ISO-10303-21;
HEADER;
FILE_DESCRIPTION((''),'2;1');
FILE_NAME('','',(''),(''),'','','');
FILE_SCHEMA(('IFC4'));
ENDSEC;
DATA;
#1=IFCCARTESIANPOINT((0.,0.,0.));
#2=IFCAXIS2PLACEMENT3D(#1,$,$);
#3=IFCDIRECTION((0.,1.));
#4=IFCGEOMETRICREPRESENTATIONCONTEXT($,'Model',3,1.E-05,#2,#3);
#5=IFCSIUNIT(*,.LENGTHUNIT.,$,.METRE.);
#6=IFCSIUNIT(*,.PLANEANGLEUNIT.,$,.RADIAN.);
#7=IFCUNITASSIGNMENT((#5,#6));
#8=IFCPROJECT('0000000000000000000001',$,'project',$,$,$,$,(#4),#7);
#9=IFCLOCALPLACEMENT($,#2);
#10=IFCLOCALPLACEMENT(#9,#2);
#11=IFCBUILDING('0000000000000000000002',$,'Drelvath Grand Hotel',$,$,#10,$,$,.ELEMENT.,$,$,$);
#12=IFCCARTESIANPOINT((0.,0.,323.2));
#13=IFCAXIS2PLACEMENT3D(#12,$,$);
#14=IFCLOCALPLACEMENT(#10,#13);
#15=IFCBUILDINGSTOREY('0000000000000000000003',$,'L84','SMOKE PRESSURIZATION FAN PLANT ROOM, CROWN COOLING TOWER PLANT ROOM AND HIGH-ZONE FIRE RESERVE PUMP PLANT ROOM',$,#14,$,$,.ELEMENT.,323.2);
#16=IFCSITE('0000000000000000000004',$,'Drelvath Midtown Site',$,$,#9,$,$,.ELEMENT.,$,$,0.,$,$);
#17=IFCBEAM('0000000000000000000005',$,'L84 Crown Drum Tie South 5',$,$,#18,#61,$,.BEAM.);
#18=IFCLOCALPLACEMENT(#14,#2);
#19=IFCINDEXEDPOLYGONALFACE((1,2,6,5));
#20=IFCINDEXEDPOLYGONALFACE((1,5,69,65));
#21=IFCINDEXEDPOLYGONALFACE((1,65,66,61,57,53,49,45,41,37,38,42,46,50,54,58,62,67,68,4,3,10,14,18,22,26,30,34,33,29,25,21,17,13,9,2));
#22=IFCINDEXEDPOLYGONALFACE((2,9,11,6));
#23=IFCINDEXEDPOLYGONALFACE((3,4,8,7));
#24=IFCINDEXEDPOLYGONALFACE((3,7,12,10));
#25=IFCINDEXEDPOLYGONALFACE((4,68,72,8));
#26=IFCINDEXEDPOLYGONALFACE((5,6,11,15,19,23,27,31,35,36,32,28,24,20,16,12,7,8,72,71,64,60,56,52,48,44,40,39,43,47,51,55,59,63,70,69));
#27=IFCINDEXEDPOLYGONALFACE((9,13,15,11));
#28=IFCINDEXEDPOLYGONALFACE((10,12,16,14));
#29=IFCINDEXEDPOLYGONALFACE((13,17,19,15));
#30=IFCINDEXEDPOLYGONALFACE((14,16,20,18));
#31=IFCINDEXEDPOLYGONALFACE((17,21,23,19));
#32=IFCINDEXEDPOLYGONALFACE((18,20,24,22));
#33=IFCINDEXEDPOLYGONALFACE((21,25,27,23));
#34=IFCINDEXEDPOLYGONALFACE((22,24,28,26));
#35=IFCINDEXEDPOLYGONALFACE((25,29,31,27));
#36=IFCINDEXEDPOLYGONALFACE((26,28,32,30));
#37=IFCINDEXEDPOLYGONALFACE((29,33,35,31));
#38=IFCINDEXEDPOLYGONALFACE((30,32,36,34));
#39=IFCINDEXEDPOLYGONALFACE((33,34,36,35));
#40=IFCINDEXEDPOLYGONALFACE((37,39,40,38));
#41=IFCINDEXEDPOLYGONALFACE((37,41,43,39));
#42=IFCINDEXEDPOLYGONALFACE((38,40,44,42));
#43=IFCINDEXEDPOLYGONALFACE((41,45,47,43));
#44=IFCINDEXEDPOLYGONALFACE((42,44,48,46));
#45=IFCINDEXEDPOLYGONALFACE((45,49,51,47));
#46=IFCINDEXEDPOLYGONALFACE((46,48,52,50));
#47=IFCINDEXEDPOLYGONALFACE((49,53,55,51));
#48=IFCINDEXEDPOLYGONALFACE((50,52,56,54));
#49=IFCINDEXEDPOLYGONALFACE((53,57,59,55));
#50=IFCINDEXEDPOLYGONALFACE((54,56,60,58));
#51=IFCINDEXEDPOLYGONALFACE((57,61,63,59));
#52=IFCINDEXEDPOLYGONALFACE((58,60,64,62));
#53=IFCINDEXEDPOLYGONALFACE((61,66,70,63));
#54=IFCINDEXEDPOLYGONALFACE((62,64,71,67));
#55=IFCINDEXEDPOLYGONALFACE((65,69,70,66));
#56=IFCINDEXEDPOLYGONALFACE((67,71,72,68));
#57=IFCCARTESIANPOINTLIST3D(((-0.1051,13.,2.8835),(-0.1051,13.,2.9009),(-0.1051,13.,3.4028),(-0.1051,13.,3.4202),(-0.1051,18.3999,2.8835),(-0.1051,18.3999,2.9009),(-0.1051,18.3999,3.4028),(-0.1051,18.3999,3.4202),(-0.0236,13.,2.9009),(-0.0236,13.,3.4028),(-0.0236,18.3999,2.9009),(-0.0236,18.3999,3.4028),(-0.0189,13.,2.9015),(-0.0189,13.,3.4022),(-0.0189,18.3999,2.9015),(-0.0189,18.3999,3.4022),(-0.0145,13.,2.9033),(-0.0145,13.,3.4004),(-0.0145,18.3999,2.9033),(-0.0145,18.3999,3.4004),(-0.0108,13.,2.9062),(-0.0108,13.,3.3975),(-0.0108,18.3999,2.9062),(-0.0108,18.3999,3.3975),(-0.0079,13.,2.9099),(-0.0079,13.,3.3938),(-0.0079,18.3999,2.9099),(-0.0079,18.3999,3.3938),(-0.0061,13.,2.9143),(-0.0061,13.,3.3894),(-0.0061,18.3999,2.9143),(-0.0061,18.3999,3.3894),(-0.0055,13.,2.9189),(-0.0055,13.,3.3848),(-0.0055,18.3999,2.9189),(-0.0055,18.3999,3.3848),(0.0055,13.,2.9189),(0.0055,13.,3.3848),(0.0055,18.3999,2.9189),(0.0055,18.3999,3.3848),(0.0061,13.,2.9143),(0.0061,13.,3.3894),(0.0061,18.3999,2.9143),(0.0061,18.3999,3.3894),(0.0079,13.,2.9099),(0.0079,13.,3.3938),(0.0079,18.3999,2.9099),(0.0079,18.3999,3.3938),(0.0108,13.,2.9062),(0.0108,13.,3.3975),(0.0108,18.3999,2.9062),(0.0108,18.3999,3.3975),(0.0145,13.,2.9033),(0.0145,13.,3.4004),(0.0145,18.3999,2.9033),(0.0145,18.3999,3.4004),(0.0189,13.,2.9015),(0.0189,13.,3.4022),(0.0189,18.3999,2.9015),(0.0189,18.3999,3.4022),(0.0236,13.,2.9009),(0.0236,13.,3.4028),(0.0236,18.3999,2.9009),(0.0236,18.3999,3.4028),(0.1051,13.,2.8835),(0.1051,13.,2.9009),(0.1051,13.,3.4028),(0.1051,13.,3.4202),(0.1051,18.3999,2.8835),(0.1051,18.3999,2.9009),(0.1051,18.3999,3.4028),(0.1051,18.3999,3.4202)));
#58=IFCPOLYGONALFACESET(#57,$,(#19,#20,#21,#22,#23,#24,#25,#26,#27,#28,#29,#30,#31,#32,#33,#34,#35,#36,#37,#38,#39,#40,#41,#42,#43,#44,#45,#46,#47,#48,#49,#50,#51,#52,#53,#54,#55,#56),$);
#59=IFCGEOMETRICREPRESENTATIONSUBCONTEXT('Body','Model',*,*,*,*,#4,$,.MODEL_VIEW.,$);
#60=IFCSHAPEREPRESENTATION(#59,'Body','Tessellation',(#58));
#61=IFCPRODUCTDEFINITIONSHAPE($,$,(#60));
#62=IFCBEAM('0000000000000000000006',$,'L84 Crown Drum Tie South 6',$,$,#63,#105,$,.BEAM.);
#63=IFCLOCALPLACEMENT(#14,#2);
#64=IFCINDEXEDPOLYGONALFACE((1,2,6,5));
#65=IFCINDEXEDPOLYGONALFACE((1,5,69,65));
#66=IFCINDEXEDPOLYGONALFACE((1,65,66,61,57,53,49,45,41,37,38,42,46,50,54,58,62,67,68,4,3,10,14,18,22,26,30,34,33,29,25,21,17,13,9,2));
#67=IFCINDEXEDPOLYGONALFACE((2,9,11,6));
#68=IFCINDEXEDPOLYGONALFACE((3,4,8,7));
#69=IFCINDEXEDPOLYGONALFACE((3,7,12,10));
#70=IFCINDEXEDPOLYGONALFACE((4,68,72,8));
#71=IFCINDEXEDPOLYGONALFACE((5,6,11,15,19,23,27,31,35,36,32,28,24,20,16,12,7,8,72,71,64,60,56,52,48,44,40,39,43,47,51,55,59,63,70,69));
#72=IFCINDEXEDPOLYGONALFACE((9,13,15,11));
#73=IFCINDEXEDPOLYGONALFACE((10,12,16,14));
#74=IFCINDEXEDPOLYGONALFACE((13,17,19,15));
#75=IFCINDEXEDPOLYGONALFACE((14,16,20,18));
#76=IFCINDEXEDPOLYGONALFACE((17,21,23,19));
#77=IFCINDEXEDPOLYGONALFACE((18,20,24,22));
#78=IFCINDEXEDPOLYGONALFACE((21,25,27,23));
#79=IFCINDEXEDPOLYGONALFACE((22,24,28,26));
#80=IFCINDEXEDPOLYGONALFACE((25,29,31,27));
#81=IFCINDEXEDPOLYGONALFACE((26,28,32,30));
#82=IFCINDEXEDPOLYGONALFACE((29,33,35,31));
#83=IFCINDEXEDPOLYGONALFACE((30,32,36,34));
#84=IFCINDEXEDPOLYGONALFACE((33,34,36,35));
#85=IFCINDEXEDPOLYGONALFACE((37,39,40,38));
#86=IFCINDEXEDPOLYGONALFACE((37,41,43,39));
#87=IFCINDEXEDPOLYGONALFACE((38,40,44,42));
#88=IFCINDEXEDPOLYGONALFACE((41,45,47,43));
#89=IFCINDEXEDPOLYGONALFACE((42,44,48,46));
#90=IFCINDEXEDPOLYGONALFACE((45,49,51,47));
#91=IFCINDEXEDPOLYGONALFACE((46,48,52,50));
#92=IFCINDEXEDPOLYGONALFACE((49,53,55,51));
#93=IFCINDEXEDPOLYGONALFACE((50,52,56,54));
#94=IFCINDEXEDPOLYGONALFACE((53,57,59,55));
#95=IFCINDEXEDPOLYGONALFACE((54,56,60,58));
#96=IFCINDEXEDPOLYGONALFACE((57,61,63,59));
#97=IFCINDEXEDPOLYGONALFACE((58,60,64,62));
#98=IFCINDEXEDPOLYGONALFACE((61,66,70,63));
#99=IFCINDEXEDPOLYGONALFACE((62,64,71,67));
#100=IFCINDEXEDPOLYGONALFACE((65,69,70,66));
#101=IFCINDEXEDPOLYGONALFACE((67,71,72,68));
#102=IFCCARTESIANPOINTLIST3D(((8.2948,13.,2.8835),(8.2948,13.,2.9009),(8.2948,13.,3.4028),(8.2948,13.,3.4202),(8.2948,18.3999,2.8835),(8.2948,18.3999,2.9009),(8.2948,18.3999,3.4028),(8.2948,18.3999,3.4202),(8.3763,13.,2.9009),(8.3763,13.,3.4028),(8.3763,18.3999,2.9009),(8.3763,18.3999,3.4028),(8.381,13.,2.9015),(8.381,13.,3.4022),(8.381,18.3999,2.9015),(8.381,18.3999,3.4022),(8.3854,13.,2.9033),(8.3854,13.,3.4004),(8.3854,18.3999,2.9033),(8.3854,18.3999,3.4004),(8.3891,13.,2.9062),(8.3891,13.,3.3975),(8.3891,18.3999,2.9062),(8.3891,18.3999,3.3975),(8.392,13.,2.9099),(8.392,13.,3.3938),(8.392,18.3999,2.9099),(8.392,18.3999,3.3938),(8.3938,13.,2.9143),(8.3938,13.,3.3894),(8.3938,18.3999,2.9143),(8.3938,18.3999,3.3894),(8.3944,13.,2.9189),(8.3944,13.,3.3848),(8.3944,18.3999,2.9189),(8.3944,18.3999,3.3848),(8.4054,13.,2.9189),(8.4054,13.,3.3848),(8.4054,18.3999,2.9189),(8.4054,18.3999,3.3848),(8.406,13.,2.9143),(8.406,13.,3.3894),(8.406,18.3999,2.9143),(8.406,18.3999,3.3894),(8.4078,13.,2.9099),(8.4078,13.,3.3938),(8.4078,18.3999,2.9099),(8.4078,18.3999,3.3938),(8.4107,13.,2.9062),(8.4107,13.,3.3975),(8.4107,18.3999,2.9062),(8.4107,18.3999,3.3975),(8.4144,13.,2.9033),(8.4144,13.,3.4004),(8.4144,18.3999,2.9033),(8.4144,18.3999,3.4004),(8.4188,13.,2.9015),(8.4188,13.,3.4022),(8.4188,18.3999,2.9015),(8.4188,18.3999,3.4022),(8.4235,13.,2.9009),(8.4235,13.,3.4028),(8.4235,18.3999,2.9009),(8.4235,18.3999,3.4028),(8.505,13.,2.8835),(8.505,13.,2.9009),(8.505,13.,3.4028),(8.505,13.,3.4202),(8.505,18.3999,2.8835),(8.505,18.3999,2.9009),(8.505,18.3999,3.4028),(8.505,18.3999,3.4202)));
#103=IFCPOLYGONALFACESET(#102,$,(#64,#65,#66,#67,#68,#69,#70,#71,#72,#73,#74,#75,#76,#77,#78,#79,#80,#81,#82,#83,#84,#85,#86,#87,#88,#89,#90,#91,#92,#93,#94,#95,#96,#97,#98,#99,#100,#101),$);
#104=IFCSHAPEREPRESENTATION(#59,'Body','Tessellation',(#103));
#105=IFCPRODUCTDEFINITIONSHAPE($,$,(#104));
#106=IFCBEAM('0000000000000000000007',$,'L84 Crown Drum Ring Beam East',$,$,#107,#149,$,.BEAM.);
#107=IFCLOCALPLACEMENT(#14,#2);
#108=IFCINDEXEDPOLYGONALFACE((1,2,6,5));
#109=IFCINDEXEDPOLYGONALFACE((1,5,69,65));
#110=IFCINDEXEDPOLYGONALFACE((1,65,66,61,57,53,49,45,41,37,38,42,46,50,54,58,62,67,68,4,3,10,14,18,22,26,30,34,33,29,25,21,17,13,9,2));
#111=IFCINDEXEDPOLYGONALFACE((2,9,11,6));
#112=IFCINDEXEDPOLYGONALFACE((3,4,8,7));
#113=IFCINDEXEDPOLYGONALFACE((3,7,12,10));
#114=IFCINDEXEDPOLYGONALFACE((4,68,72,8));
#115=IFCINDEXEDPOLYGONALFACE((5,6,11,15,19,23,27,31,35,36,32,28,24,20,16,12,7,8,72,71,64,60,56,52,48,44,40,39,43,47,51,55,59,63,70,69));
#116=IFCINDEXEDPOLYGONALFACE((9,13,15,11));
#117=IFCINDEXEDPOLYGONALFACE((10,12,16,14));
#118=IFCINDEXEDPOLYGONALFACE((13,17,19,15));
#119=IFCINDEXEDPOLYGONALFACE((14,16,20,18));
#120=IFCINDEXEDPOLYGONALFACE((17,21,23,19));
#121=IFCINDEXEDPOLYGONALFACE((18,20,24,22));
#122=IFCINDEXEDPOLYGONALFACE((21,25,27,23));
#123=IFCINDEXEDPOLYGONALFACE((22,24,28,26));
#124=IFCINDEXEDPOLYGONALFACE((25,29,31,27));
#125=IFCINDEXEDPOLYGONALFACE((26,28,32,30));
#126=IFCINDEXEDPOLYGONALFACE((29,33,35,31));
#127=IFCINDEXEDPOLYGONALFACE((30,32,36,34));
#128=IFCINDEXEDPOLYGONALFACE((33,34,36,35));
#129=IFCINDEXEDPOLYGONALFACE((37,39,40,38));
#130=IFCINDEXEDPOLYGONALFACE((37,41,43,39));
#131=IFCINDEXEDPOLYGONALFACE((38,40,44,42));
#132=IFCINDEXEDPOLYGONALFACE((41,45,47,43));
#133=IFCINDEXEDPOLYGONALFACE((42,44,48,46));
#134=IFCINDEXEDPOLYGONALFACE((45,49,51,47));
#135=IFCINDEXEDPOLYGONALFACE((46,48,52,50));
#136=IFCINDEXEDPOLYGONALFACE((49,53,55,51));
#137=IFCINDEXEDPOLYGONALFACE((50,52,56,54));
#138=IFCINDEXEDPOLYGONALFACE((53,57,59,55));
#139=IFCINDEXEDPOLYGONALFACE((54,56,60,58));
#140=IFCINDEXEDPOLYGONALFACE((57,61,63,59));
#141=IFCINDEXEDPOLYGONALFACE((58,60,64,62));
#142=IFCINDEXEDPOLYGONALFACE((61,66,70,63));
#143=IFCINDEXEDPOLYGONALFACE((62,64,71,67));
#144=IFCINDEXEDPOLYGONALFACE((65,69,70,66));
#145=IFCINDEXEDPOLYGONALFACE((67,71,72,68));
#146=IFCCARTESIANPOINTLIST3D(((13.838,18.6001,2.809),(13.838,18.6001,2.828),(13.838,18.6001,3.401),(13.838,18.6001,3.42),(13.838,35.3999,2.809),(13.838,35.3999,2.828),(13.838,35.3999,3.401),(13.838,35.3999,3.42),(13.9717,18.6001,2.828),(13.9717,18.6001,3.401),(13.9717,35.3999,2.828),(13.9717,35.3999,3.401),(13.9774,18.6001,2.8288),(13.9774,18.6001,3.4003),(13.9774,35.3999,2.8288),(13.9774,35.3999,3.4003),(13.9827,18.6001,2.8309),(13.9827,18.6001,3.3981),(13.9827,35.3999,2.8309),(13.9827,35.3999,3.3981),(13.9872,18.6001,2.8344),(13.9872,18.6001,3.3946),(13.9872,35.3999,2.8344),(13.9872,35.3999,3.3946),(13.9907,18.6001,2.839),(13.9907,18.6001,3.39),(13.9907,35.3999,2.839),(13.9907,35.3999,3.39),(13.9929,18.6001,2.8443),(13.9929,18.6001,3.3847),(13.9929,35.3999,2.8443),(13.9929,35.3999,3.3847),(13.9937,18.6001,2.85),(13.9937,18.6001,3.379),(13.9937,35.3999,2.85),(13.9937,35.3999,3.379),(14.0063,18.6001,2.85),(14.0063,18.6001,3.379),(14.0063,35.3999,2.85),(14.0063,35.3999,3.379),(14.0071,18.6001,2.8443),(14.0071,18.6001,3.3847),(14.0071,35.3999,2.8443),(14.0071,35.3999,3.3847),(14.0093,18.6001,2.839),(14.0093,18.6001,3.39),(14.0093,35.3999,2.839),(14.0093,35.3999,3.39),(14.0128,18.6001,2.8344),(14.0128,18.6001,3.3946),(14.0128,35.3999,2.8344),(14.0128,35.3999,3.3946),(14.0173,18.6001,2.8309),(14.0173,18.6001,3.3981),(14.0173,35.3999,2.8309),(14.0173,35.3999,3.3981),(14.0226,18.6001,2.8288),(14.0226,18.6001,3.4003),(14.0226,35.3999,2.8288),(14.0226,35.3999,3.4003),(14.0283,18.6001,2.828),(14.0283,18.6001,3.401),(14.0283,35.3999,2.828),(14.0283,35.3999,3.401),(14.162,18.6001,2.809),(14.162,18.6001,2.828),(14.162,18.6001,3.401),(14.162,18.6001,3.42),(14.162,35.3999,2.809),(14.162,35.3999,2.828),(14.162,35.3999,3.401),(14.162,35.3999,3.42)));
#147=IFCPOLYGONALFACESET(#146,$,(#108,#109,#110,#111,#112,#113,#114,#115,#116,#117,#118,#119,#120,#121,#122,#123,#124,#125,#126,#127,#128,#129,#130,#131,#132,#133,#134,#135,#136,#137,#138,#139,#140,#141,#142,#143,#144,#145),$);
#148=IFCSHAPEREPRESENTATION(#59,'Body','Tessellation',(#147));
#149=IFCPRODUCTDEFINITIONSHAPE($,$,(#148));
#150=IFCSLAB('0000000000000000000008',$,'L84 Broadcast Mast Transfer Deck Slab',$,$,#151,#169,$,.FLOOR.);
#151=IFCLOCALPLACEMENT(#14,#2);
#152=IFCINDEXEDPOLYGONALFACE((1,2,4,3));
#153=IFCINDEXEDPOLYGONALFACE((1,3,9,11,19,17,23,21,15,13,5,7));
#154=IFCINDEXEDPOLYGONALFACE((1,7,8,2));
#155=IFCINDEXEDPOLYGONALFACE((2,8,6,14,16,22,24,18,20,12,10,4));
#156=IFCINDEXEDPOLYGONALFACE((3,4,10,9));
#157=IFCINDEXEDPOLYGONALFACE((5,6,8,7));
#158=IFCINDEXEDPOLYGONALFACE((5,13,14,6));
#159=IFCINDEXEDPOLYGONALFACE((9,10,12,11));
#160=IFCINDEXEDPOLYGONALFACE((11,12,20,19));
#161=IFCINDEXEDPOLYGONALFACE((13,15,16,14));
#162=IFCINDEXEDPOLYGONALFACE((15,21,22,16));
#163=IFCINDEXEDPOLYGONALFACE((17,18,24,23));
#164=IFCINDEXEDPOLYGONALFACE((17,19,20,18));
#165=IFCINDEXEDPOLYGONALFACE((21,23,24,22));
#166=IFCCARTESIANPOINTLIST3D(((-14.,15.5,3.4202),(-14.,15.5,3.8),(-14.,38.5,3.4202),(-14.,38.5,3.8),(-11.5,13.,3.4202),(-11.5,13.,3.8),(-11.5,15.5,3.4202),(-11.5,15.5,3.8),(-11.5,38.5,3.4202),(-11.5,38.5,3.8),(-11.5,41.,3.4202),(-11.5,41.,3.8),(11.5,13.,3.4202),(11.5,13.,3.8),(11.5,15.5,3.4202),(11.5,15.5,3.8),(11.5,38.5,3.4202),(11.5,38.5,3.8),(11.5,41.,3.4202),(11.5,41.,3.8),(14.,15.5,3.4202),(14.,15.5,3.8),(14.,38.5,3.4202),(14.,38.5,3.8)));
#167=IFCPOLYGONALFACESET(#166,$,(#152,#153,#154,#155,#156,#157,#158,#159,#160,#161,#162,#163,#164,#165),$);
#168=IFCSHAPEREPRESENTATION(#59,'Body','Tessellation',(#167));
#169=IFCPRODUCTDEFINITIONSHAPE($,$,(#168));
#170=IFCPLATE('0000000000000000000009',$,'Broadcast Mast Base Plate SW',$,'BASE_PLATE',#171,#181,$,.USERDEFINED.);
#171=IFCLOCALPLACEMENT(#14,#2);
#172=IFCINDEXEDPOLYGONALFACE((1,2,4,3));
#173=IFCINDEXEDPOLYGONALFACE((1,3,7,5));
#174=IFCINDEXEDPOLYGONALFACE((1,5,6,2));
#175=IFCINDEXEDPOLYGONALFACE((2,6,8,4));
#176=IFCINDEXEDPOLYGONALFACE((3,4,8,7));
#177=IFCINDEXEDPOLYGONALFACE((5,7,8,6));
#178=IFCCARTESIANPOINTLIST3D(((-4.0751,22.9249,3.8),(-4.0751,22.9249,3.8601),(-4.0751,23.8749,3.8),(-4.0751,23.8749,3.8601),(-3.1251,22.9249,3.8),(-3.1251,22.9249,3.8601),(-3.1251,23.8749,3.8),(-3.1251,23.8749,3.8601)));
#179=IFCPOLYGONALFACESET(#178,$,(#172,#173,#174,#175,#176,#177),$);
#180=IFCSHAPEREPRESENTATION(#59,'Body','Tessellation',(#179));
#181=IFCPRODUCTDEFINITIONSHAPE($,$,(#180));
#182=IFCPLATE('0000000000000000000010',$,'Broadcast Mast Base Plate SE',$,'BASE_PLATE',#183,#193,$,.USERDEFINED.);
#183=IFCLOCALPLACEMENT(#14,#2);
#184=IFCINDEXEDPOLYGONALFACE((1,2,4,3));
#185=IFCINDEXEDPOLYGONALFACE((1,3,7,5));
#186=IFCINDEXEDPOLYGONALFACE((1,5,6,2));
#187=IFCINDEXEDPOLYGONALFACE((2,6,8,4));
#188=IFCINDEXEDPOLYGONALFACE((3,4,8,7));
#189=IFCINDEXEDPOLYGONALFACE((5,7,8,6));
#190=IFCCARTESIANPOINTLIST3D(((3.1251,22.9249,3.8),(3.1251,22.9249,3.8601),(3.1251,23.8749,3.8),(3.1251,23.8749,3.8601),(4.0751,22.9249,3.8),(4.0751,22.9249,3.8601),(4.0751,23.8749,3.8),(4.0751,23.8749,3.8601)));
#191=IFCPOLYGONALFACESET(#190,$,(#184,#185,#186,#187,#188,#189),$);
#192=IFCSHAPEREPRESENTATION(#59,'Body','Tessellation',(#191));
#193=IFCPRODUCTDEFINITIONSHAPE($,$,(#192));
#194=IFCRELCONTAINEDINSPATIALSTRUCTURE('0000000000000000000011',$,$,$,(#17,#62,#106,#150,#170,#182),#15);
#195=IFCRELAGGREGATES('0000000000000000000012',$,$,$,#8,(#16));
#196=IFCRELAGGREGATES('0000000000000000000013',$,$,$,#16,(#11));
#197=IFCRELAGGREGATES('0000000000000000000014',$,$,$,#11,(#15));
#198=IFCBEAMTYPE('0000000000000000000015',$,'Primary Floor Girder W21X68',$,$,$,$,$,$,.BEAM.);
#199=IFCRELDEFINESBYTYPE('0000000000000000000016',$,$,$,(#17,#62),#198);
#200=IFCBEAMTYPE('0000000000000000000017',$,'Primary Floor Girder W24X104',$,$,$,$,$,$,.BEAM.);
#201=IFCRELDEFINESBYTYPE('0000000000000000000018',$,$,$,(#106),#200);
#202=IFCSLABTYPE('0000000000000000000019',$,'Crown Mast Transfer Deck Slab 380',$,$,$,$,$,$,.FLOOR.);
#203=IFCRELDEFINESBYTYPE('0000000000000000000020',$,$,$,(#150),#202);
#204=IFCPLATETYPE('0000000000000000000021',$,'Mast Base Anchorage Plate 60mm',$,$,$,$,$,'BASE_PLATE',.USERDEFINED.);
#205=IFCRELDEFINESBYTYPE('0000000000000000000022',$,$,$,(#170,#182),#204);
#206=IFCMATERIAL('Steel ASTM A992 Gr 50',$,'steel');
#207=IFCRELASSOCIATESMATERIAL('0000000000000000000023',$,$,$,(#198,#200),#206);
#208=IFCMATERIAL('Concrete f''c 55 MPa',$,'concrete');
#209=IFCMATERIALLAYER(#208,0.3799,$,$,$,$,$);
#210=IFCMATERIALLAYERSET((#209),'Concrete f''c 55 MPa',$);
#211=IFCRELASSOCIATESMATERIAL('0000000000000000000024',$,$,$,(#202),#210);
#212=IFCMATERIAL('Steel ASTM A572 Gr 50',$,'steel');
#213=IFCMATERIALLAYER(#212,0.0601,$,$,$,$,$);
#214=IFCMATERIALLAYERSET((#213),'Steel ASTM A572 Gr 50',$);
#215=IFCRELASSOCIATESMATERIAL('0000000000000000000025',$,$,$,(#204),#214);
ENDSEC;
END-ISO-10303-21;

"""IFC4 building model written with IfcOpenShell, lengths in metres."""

from ifc_helpers import new_model, si_unit, direction, frame, origin, origin_2d, place, context, subcontext, project, spatial, polyline, rectangle, i_section, outline, extrude, material, layer, layer_set, material_profile, profile_set, type_object, element, save


model = new_model("IFC4")

# Units and contexts
model_context = context("Model", 3, precision=1e-05, world=origin(), true_north=direction((0.0, 1.0)))
body_context = subcontext(model_context, "Body", "Model", "MODEL_VIEW")
ifc_project = project(units=[si_unit("LENGTHUNIT", "METRE"), si_unit("PLANEANGLEUNIT", "RADIAN")], contexts=[model_context])

# Site, building, storey
site_placement = place(None, origin())
site = spatial("IfcSite", under=ifc_project, at=site_placement, Name="Drelvath Midtown Site", CompositionType="ELEMENT", RefElevation=0.0)
building_placement = place(site_placement, origin())
building = spatial("IfcBuilding", under=site, at=building_placement, Name="Drelvath Grand Hotel", CompositionType="ELEMENT")
storey_placement = place(building_placement, frame((0.0, 0.0, 323.2)))
storey = spatial("IfcBuildingStorey", under=building, at=storey_placement, Name="L84", Description="SMOKE PRESSURIZATION FAN PLANT ROOM, CROWN COOLING TOWER PLANT ROOM AND HIGH-ZONE FIRE RESERVE PUMP PLANT ROOM", CompositionType="ELEMENT", Elevation=323.2)

# Beams
ifc_material_1 = material(Name="Steel ASTM A992 Gr 50", Category="steel")
ifc_material_profile_1 = material_profile(ifc_material_1, i_section(OverallWidth=0.2102, OverallDepth=0.5366, WebThickness=0.011, FlangeThickness=0.0173, FilletRadius=0.0181, at=origin_2d()), Name="W21X68")
ifc_profile_set_1 = profile_set([ifc_material_profile_1], Name="Steel ASTM A992 Gr 50")
beam_type_1 = type_object("IfcBeamType", Name="Primary Floor Girder W21X68", PredefinedType="BEAM", material=ifc_profile_set_1)
for number, where, z_axis, x_axis, name in (
    (1, (0.0, 13.0, 3.1519), (0.0, 1.0, 0.0), (-1.0, 0.0, 0.0), "L84 Crown Drum Tie South 5"),
    (2, (8.3999, 13.0, 3.1519), (0.0, 1.0, 0.0), (-1.0, 0.0, 0.0), "L84 Crown Drum Tie South 6"),
):
    element("IfcBeam", number, at=place(storey_placement, frame(where, z_axis=z_axis, x_axis=x_axis)), inside=storey, type_object=beam_type_1, Name=name, PredefinedType="BEAM", context=body_context, shape_type="SweptSolid", body=[
        extrude(i_section(OverallWidth=0.2102, OverallDepth=0.5366, WebThickness=0.011, FlangeThickness=0.0173, FilletRadius=0.0181, at=origin_2d()), origin(), (0.0, 0.0, 1.0), 5.3999),
    ])
ifc_material_profile_2 = material_profile(ifc_material_1, i_section(OverallWidth=0.324, OverallDepth=0.6111, WebThickness=0.0127, FlangeThickness=0.019, FilletRadius=0.022, at=origin_2d()), Name="W24X104")
ifc_profile_set_2 = profile_set([ifc_material_profile_2], Name="Steel ASTM A992 Gr 50")
beam_type_2 = type_object("IfcBeamType", Name="Primary Floor Girder W24X104", PredefinedType="BEAM", material=ifc_profile_set_2)
beam_placement = place(storey_placement, frame((14.0, 18.6001, 3.1145), z_axis=(0.0, 1.0, 0.0), x_axis=(-1.0, 0.0, 0.0)))
element("IfcBeam", 3, at=beam_placement, inside=storey, type_object=beam_type_2, Name="L84 Crown Drum Ring Beam East", PredefinedType="BEAM", context=body_context, shape_type="SweptSolid", body=[
    extrude(i_section(OverallWidth=0.324, OverallDepth=0.6111, WebThickness=0.0127, FlangeThickness=0.019, FilletRadius=0.022, at=origin_2d()), origin(), (0.0, 0.0, 1.0), 16.7998),
])

# Slab
ifc_material_2 = material(Name="Concrete f'c 55 MPa", Category="concrete")
ifc_layer_1 = layer(ifc_material_2, 0.3799)
ifc_layer_set_1 = layer_set([ifc_layer_1], Name="Concrete f'c 55 MPa")
slab_type_1 = type_object("IfcSlabType", Name="Crown Mast Transfer Deck Slab 380", PredefinedType="FLOOR", material=ifc_layer_set_1)
slab_placement = place(storey_placement, frame((0.0, 0.0, 3.4202)))
element("IfcSlab", 4, at=slab_placement, inside=storey, type_object=slab_type_1, Name="L84 Broadcast Mast Transfer Deck Slab", PredefinedType="FLOOR", context=body_context, shape_type="SweptSolid", body=[
    extrude(outline(polyline([(-11.5, 13.0), (11.5, 13.0), (11.5, 15.5), (14.0, 15.5), (14.0, 38.5), (11.5, 38.5), (11.5, 41.0), (-11.5, 41.0), (-11.5, 38.5), (-14.0, 38.5), (-14.0, 15.5), (-11.5, 15.5), (-11.5, 13.0)])), origin(), (0.0, 0.0, 1.0), 0.3799),
])

# Plates
ifc_material_3 = material(Name="Steel ASTM A572 Gr 50", Category="steel")
ifc_layer_2 = layer(ifc_material_3, 0.0601)
ifc_layer_set_2 = layer_set([ifc_layer_2], Name="Steel ASTM A572 Gr 50")
plate_type_1 = type_object("IfcPlateType", Name="Mast Base Anchorage Plate 60mm", ElementType="BASE_PLATE", PredefinedType="USERDEFINED", material=ifc_layer_set_2)
for number, where, z_axis, x_axis, name in (
    (5, (-3.6001, 23.3999, 3.8), (0.0, 0.0, 1.0), (1.0, 0.0, 0.0), "Broadcast Mast Base Plate SW"),
    (6, (3.6001, 23.3999, 3.8), (0.0, 0.0, 1.0), (1.0, 0.0, 0.0), "Broadcast Mast Base Plate SE"),
):
    element("IfcPlate", number, at=place(storey_placement, frame(where, z_axis=z_axis, x_axis=x_axis)), inside=storey, type_object=plate_type_1, Name=name, ObjectType="BASE_PLATE", PredefinedType="USERDEFINED", context=body_context, shape_type="SweptSolid", body=[
        extrude(rectangle(XDim=0.95, YDim=0.95, at=origin_2d()), origin(), (0.0, 0.0, 1.0), 0.0601),
    ])

save(model, "model.ifc")
